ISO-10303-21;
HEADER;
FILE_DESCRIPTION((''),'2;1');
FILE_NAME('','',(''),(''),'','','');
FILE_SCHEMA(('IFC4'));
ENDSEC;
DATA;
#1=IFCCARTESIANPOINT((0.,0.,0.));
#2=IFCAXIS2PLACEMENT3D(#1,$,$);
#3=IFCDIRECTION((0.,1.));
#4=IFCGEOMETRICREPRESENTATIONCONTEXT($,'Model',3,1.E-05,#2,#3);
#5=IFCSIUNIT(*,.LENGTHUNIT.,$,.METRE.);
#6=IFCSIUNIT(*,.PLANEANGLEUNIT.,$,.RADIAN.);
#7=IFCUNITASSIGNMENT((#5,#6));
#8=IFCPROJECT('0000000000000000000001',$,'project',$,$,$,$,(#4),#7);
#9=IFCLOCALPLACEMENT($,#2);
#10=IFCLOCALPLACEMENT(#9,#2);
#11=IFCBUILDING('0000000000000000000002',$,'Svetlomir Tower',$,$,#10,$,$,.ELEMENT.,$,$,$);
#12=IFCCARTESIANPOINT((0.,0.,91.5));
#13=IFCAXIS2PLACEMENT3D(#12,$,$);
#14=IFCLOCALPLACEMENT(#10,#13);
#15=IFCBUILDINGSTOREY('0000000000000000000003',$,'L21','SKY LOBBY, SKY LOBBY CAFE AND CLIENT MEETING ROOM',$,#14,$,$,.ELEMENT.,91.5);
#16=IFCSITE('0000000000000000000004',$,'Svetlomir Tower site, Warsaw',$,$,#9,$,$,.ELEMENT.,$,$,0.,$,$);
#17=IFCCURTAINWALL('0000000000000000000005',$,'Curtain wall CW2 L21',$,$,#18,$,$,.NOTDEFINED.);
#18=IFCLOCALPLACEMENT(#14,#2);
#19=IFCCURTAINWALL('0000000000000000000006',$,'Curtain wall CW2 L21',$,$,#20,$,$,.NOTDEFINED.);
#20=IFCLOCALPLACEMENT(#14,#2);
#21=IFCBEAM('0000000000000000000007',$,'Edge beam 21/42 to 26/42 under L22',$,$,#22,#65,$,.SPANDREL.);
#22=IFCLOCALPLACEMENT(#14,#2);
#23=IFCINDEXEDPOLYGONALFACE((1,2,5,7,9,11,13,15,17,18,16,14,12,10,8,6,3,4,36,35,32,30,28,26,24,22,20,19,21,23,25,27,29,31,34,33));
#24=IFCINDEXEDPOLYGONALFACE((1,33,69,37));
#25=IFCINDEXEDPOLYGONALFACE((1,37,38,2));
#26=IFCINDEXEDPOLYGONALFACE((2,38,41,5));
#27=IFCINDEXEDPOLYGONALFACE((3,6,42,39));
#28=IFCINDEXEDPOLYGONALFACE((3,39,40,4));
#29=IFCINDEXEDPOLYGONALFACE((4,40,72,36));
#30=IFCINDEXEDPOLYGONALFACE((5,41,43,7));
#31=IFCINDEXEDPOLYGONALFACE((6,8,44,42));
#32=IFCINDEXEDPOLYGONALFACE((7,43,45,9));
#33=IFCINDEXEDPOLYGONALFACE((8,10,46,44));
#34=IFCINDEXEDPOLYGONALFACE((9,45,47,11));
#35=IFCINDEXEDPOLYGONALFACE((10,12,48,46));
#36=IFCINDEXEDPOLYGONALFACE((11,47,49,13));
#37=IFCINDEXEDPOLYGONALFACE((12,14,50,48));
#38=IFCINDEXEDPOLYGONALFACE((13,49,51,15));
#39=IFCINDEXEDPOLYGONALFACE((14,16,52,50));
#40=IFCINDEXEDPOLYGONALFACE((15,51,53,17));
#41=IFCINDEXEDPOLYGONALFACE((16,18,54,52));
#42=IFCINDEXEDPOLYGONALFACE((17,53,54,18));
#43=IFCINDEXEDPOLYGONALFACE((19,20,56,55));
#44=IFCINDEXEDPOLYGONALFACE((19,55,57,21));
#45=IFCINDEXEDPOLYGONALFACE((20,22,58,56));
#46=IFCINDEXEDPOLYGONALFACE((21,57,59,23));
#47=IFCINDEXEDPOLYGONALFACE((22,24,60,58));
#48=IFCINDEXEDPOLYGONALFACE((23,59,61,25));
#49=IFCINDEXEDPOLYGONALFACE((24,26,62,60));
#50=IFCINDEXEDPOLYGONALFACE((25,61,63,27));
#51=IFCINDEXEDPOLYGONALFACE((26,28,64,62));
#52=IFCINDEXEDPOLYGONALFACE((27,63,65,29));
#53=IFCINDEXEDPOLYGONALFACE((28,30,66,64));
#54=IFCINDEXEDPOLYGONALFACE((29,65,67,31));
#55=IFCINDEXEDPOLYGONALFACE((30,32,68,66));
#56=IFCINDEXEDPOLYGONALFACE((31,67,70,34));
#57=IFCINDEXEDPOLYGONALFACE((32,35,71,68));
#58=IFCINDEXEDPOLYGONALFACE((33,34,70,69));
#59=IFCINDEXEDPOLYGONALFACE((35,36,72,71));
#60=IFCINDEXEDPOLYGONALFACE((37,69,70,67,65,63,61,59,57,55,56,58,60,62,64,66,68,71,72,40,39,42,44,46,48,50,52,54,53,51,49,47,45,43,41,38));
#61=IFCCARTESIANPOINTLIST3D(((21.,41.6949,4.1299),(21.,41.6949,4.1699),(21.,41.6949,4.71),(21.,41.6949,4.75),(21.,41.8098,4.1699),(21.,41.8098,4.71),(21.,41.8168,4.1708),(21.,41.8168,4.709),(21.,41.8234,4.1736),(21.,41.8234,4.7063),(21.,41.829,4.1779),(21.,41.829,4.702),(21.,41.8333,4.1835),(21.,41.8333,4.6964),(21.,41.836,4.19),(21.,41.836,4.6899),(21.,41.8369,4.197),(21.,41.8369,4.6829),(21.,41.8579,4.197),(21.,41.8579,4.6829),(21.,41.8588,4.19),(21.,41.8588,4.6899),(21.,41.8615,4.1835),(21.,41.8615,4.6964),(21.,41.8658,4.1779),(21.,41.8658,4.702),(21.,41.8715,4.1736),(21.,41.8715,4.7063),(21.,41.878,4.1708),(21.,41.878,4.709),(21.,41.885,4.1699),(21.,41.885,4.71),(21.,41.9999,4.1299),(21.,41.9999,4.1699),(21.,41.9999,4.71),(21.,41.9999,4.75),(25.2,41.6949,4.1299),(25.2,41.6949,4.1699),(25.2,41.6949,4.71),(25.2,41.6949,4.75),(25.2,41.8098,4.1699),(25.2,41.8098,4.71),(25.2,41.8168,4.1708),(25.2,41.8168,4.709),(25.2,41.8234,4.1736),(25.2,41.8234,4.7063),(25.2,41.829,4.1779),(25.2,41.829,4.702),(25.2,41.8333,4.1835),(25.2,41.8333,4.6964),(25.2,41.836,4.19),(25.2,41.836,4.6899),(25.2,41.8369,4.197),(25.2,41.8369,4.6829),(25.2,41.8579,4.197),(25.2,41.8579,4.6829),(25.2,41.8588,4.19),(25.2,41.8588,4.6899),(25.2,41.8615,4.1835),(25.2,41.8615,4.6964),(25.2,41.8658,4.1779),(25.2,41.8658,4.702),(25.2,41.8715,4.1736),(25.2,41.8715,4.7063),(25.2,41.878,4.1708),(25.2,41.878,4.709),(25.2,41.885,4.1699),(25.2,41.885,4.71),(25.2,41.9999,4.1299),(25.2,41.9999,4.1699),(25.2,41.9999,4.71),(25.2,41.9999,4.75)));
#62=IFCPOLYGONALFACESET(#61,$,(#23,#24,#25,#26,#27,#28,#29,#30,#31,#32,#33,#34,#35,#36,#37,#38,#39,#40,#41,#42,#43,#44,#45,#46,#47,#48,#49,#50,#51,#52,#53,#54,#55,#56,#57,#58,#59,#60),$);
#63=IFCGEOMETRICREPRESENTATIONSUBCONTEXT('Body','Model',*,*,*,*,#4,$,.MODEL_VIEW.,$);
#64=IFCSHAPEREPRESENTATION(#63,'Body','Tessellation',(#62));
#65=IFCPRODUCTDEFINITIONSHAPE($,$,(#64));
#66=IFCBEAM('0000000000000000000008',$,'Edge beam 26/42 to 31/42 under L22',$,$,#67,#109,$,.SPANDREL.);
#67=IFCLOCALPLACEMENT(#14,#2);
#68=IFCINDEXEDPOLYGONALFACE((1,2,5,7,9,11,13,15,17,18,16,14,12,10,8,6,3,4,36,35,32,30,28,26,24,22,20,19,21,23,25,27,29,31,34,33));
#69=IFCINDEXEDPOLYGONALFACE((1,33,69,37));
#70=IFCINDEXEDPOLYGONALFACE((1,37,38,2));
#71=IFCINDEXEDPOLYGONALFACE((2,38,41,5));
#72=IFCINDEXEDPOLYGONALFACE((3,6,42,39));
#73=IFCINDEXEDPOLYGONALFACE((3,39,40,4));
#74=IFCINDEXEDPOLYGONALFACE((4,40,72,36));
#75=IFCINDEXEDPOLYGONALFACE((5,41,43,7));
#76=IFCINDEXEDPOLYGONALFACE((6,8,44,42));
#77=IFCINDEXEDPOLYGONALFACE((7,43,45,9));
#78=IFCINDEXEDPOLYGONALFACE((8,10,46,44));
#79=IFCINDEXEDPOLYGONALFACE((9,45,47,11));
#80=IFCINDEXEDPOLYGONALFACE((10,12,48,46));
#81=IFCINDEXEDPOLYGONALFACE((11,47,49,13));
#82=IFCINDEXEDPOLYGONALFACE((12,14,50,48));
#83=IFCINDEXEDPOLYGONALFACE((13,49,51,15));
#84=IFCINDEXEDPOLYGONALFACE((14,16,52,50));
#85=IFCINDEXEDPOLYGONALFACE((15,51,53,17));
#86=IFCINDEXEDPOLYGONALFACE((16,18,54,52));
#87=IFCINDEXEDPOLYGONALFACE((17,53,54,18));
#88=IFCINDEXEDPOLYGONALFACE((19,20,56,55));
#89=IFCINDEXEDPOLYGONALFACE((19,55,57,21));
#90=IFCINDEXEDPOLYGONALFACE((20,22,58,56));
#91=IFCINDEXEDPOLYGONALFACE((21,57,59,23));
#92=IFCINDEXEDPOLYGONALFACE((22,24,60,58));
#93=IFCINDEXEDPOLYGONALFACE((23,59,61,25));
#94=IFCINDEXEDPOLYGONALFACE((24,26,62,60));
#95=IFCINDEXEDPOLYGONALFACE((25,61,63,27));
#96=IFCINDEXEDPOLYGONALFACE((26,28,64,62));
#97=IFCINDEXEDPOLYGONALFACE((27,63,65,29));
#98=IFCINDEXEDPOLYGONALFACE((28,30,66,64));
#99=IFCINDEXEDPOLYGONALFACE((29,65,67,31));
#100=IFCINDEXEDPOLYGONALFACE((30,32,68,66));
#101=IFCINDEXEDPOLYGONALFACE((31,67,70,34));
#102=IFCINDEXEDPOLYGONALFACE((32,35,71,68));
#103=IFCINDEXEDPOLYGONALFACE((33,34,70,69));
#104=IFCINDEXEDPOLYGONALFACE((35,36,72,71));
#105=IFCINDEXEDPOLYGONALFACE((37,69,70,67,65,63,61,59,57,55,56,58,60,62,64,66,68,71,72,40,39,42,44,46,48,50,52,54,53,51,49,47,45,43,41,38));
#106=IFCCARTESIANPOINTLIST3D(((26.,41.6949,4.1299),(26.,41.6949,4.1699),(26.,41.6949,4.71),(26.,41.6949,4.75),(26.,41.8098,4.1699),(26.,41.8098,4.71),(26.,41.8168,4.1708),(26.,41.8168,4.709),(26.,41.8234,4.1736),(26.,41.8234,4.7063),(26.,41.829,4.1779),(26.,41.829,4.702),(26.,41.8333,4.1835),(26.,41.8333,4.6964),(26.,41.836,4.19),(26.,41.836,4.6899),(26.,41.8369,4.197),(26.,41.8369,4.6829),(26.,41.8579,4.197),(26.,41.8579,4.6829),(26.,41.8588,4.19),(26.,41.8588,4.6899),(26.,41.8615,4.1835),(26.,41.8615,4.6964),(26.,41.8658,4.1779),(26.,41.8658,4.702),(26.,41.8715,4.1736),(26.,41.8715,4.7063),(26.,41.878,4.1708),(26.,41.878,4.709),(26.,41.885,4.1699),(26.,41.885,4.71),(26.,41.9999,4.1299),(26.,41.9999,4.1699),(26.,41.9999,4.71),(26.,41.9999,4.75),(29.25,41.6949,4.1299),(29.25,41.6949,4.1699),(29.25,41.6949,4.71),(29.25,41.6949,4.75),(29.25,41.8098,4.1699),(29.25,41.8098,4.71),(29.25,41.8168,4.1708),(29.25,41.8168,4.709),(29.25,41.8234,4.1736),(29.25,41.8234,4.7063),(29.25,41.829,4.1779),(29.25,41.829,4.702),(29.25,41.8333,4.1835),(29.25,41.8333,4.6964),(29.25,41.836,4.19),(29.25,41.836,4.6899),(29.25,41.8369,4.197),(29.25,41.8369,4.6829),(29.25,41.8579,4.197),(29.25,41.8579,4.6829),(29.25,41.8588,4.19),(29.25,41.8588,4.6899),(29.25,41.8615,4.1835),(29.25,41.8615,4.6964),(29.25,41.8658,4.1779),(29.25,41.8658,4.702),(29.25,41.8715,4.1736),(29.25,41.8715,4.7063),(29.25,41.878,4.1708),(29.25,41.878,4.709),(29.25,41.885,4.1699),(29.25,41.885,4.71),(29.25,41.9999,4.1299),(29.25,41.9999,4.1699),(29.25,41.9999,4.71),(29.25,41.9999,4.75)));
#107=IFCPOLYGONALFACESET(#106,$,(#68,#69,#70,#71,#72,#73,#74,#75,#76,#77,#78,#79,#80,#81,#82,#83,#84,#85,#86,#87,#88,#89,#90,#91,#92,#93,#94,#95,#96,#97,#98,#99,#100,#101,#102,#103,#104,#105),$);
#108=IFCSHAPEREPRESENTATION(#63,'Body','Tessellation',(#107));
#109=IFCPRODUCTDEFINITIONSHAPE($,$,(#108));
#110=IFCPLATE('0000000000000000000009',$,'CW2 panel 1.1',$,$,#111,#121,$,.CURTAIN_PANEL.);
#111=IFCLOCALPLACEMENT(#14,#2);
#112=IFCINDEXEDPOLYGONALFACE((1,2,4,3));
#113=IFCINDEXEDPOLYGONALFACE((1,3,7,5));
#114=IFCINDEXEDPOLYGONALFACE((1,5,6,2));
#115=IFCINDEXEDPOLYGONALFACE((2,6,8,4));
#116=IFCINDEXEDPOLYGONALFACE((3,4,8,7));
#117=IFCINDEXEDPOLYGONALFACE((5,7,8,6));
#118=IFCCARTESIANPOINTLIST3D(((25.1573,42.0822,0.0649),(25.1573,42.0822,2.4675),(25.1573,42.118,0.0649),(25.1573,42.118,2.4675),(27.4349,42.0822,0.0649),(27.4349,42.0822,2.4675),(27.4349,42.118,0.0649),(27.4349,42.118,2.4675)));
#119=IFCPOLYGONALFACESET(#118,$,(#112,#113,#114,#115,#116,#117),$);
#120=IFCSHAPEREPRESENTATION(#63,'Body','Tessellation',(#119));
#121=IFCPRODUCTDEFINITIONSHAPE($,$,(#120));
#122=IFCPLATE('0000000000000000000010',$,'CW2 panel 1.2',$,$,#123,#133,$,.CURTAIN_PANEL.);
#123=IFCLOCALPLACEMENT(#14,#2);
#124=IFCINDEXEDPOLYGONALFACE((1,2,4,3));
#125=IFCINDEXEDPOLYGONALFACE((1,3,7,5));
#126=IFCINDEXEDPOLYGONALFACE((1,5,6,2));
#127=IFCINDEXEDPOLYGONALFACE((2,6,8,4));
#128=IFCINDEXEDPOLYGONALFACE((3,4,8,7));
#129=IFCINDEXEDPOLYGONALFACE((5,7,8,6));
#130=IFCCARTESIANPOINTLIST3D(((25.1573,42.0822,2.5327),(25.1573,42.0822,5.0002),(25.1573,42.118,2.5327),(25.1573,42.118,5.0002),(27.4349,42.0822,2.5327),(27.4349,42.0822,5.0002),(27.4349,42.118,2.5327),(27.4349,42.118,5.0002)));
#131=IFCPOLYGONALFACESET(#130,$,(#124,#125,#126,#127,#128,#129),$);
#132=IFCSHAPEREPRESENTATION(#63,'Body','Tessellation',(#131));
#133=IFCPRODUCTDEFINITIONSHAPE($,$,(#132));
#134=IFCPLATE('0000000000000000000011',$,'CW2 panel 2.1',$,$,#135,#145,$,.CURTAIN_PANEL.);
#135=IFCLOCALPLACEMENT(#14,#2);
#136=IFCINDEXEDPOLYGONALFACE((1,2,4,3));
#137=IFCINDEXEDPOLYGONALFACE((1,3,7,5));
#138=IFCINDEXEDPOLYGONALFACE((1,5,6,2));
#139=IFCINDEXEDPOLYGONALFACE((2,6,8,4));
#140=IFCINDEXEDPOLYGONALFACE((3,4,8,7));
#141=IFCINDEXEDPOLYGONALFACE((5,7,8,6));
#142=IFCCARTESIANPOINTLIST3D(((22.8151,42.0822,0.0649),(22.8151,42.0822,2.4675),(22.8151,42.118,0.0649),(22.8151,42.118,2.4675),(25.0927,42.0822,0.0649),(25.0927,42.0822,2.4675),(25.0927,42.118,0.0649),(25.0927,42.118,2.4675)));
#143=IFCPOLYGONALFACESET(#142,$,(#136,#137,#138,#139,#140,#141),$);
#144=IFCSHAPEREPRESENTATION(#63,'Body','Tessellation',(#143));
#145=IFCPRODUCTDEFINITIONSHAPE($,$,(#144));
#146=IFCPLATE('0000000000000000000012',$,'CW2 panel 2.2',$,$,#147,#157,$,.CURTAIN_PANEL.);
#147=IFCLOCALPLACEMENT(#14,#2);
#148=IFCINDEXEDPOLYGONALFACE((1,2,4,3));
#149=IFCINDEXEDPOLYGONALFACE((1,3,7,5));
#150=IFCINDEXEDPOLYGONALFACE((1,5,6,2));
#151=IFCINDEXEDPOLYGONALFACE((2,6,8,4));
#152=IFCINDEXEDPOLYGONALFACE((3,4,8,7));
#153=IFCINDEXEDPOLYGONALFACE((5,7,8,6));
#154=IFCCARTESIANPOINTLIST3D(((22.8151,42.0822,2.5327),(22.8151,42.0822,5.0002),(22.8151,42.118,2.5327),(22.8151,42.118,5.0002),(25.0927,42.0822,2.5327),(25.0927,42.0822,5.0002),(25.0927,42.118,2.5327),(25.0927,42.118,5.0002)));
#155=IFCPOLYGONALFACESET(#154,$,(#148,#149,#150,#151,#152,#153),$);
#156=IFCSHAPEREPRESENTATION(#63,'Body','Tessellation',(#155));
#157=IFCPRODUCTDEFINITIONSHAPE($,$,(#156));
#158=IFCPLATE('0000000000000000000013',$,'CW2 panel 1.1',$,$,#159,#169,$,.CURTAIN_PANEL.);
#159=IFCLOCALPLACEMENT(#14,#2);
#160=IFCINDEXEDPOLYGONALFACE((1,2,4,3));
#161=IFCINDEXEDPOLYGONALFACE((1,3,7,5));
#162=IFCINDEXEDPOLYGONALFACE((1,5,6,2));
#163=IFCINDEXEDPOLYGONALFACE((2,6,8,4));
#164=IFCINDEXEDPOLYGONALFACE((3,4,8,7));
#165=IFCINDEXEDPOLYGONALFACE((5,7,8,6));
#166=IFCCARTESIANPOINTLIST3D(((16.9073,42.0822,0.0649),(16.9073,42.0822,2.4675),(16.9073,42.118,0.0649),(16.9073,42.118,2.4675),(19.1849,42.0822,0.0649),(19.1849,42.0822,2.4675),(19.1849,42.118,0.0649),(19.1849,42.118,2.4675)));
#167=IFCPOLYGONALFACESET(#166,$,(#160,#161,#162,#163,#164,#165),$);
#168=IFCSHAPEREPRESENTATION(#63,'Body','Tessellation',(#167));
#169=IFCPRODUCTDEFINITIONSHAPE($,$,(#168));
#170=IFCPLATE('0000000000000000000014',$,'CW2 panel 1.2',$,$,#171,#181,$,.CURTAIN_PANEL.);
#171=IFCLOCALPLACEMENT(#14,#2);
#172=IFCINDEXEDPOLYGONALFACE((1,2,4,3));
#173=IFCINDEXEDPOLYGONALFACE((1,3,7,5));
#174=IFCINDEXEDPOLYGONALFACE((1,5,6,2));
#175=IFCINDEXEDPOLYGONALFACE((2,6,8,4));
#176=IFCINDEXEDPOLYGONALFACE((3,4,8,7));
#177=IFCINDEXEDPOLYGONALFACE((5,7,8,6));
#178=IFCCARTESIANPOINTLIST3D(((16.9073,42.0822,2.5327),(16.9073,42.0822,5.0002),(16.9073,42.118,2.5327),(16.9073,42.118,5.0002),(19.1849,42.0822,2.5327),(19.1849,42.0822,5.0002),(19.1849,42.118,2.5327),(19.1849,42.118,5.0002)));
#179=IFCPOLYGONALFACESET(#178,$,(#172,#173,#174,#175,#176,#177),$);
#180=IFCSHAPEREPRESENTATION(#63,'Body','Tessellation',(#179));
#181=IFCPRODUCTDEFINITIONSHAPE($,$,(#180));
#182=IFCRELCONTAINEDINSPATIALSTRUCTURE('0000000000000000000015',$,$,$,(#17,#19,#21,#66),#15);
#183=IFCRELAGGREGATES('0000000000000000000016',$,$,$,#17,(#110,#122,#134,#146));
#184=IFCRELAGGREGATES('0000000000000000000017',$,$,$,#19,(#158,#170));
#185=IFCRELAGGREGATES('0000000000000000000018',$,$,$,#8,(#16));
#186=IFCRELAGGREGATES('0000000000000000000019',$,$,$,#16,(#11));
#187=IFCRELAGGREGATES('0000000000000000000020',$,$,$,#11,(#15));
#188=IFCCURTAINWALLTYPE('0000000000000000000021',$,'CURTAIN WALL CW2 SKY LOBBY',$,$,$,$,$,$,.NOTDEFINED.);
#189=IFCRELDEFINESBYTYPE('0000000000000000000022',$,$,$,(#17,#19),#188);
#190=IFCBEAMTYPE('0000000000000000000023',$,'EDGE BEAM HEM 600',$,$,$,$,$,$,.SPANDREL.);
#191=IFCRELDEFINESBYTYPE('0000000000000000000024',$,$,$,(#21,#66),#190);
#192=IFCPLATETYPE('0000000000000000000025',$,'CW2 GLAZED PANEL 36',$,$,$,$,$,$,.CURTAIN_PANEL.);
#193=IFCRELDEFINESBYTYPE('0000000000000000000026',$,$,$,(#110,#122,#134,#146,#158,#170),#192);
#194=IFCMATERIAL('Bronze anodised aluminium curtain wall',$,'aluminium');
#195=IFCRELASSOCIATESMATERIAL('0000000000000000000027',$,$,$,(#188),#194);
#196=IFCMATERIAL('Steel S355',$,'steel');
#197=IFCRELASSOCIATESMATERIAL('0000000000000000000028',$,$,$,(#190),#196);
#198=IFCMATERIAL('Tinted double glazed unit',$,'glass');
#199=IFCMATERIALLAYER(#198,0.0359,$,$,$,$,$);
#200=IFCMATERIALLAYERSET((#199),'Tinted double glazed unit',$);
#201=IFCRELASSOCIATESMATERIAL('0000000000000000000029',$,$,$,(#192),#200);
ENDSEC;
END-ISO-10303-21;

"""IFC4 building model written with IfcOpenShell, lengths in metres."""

from ifc_helpers import new_model, si_unit, direction, frame, origin, origin_2d, place, context, subcontext, project, spatial, rectangle, i_section, extrude, material, layer, layer_set, material_profile, profile_set, type_object, element, aggregate, save


model = new_model("IFC4")

# Units and contexts
model_context = context("Model", 3, precision=1e-05, world=origin(), true_north=direction((0.0, 1.0)))
body_context = subcontext(model_context, "Body", "Model", "MODEL_VIEW")
ifc_project = project(units=[si_unit("LENGTHUNIT", "METRE"), si_unit("PLANEANGLEUNIT", "RADIAN")], contexts=[model_context])

# Site, building, storey
site_placement = place(None, origin())
site = spatial("IfcSite", under=ifc_project, at=site_placement, Name="Svetlomir Tower site, Warsaw", CompositionType="ELEMENT", RefElevation=0.0)
building_placement = place(site_placement, origin())
building = spatial("IfcBuilding", under=site, at=building_placement, Name="Svetlomir Tower", CompositionType="ELEMENT")
storey_placement = place(building_placement, frame((0.0, 0.0, 91.5)))
storey = spatial("IfcBuildingStorey", under=building, at=storey_placement, Name="L21", Description="SKY LOBBY, SKY LOBBY CAFE AND CLIENT MEETING ROOM", CompositionType="ELEMENT", Elevation=91.5)

# Curtain walls
ifc_material_1 = material(Name="Bronze anodised aluminium curtain wall", Category="aluminium")
curtain_wall_type = type_object("IfcCurtainWallType", Name="CURTAIN WALL CW2 SKY LOBBY", PredefinedType="NOTDEFINED", material=ifc_material_1)
curtain_wall_1_placement = place(storey_placement, origin())
curtain_wall_1 = element("IfcCurtainWall", 1, at=curtain_wall_1_placement, inside=storey, type_object=curtain_wall_type, Name="Curtain wall CW2 L21", PredefinedType="NOTDEFINED")
curtain_wall_2_placement = place(storey_placement, origin())
curtain_wall_2 = element("IfcCurtainWall", 2, at=curtain_wall_2_placement, inside=storey, type_object=curtain_wall_type, Name="Curtain wall CW2 L21", PredefinedType="NOTDEFINED")

# Beams
ifc_material_2 = material(Name="Steel S355", Category="steel")
ifc_material_profile_1 = material_profile(ifc_material_2, i_section(OverallWidth=0.3049, OverallDepth=0.6201, WebThickness=0.021, FlangeThickness=0.04, FilletRadius=0.0271, at=origin_2d()), Name="HEM 600")
ifc_profile_set_1 = profile_set([ifc_material_profile_1], Name="Steel S355")
beam_type = type_object("IfcBeamType", Name="EDGE BEAM HEM 600", PredefinedType="SPANDREL", material=ifc_profile_set_1)
beam_1_placement = place(storey_placement, frame((21.0, 41.8474, 4.4399), z_axis=(1.0, 0.0, 0.0), x_axis=(0.0, 1.0, 0.0)))
element("IfcBeam", 3, at=beam_1_placement, inside=storey, type_object=beam_type, Name="Edge beam 21/42 to 26/42 under L22", PredefinedType="SPANDREL", context=body_context, shape_type="SweptSolid", body=[
    extrude(i_section(OverallWidth=0.3049, OverallDepth=0.6201, WebThickness=0.021, FlangeThickness=0.04, FilletRadius=0.0271, at=origin_2d()), origin(), (0.0, 0.0, 1.0), 4.2),
])
beam_2_placement = place(storey_placement, frame((26.0, 41.8474, 4.4399), z_axis=(1.0, 0.0, 0.0), x_axis=(0.0, 1.0, 0.0)))
element("IfcBeam", 4, at=beam_2_placement, inside=storey, type_object=beam_type, Name="Edge beam 26/42 to 31/42 under L22", PredefinedType="SPANDREL", context=body_context, shape_type="SweptSolid", body=[
    extrude(i_section(OverallWidth=0.3049, OverallDepth=0.6201, WebThickness=0.021, FlangeThickness=0.04, FilletRadius=0.0271, at=origin_2d()), origin(), (0.0, 0.0, 1.0), 3.25),
])

# Plates
ifc_material_3 = material(Name="Tinted double glazed unit", Category="glass")
ifc_layer = layer(ifc_material_3, 0.0359)
ifc_layer_set = layer_set([ifc_layer], Name="Tinted double glazed unit")
plate_type = type_object("IfcPlateType", Name="CW2 GLAZED PANEL 36", PredefinedType="CURTAIN_PANEL", material=ifc_layer_set)
plate_1_placement = place(storey_placement, frame((26.2961, 42.1001, 0.0649), z_axis=(0.0, 0.0, 1.0), x_axis=(-1.0, 0.0, 0.0)))
plate_1 = element("IfcPlate", 5, at=plate_1_placement, type_object=plate_type, Name="CW2 panel 1.1", PredefinedType="CURTAIN_PANEL", context=body_context, shape_type="SweptSolid", body=[
    extrude(rectangle(XDim=2.2776, YDim=0.0359, at=origin_2d()), origin(), (0.0, 0.0, 1.0), 2.4026),
])
plate_2_placement = place(storey_placement, frame((26.2961, 42.1001, 2.5327), z_axis=(0.0, 0.0, 1.0), x_axis=(-1.0, 0.0, 0.0)))
plate_2 = element("IfcPlate", 6, at=plate_2_placement, type_object=plate_type, Name="CW2 panel 1.2", PredefinedType="CURTAIN_PANEL", context=body_context, shape_type="SweptSolid", body=[
    extrude(rectangle(XDim=2.2776, YDim=0.0359, at=origin_2d()), origin(), (0.0, 0.0, 1.0), 2.4675),
])
plate_3_placement = place(storey_placement, frame((23.9539, 42.1001, 0.0649), z_axis=(0.0, 0.0, 1.0), x_axis=(-1.0, 0.0, 0.0)))
plate_3 = element("IfcPlate", 7, at=plate_3_placement, type_object=plate_type, Name="CW2 panel 2.1", PredefinedType="CURTAIN_PANEL", context=body_context, shape_type="SweptSolid", body=[
    extrude(rectangle(XDim=2.2776, YDim=0.0359, at=origin_2d()), origin(), (0.0, 0.0, 1.0), 2.4026),
])
plate_4_placement = place(storey_placement, frame((23.9539, 42.1001, 2.5327), z_axis=(0.0, 0.0, 1.0), x_axis=(-1.0, 0.0, 0.0)))
plate_4 = element("IfcPlate", 8, at=plate_4_placement, type_object=plate_type, Name="CW2 panel 2.2", PredefinedType="CURTAIN_PANEL", context=body_context, shape_type="SweptSolid", body=[
    extrude(rectangle(XDim=2.2776, YDim=0.0359, at=origin_2d()), origin(), (0.0, 0.0, 1.0), 2.4675),
])
aggregate(curtain_wall_1, [plate_1, plate_2, plate_3, plate_4])
plate_5_placement = place(storey_placement, frame((18.0461, 42.1001, 0.0649), z_axis=(0.0, 0.0, 1.0), x_axis=(-1.0, 0.0, 0.0)))
plate_5 = element("IfcPlate", 9, at=plate_5_placement, type_object=plate_type, Name="CW2 panel 1.1", PredefinedType="CURTAIN_PANEL", context=body_context, shape_type="SweptSolid", body=[
    extrude(rectangle(XDim=2.2776, YDim=0.0359, at=origin_2d()), origin(), (0.0, 0.0, 1.0), 2.4026),
])
plate_6_placement = place(storey_placement, frame((18.0461, 42.1001, 2.5327), z_axis=(0.0, 0.0, 1.0), x_axis=(-1.0, 0.0, 0.0)))
plate_6 = element("IfcPlate", 10, at=plate_6_placement, type_object=plate_type, Name="CW2 panel 1.2", PredefinedType="CURTAIN_PANEL", context=body_context, shape_type="SweptSolid", body=[
    extrude(rectangle(XDim=2.2776, YDim=0.0359, at=origin_2d()), origin(), (0.0, 0.0, 1.0), 2.4675),
])
aggregate(curtain_wall_2, [plate_5, plate_6])

save(model, "model.ifc")
